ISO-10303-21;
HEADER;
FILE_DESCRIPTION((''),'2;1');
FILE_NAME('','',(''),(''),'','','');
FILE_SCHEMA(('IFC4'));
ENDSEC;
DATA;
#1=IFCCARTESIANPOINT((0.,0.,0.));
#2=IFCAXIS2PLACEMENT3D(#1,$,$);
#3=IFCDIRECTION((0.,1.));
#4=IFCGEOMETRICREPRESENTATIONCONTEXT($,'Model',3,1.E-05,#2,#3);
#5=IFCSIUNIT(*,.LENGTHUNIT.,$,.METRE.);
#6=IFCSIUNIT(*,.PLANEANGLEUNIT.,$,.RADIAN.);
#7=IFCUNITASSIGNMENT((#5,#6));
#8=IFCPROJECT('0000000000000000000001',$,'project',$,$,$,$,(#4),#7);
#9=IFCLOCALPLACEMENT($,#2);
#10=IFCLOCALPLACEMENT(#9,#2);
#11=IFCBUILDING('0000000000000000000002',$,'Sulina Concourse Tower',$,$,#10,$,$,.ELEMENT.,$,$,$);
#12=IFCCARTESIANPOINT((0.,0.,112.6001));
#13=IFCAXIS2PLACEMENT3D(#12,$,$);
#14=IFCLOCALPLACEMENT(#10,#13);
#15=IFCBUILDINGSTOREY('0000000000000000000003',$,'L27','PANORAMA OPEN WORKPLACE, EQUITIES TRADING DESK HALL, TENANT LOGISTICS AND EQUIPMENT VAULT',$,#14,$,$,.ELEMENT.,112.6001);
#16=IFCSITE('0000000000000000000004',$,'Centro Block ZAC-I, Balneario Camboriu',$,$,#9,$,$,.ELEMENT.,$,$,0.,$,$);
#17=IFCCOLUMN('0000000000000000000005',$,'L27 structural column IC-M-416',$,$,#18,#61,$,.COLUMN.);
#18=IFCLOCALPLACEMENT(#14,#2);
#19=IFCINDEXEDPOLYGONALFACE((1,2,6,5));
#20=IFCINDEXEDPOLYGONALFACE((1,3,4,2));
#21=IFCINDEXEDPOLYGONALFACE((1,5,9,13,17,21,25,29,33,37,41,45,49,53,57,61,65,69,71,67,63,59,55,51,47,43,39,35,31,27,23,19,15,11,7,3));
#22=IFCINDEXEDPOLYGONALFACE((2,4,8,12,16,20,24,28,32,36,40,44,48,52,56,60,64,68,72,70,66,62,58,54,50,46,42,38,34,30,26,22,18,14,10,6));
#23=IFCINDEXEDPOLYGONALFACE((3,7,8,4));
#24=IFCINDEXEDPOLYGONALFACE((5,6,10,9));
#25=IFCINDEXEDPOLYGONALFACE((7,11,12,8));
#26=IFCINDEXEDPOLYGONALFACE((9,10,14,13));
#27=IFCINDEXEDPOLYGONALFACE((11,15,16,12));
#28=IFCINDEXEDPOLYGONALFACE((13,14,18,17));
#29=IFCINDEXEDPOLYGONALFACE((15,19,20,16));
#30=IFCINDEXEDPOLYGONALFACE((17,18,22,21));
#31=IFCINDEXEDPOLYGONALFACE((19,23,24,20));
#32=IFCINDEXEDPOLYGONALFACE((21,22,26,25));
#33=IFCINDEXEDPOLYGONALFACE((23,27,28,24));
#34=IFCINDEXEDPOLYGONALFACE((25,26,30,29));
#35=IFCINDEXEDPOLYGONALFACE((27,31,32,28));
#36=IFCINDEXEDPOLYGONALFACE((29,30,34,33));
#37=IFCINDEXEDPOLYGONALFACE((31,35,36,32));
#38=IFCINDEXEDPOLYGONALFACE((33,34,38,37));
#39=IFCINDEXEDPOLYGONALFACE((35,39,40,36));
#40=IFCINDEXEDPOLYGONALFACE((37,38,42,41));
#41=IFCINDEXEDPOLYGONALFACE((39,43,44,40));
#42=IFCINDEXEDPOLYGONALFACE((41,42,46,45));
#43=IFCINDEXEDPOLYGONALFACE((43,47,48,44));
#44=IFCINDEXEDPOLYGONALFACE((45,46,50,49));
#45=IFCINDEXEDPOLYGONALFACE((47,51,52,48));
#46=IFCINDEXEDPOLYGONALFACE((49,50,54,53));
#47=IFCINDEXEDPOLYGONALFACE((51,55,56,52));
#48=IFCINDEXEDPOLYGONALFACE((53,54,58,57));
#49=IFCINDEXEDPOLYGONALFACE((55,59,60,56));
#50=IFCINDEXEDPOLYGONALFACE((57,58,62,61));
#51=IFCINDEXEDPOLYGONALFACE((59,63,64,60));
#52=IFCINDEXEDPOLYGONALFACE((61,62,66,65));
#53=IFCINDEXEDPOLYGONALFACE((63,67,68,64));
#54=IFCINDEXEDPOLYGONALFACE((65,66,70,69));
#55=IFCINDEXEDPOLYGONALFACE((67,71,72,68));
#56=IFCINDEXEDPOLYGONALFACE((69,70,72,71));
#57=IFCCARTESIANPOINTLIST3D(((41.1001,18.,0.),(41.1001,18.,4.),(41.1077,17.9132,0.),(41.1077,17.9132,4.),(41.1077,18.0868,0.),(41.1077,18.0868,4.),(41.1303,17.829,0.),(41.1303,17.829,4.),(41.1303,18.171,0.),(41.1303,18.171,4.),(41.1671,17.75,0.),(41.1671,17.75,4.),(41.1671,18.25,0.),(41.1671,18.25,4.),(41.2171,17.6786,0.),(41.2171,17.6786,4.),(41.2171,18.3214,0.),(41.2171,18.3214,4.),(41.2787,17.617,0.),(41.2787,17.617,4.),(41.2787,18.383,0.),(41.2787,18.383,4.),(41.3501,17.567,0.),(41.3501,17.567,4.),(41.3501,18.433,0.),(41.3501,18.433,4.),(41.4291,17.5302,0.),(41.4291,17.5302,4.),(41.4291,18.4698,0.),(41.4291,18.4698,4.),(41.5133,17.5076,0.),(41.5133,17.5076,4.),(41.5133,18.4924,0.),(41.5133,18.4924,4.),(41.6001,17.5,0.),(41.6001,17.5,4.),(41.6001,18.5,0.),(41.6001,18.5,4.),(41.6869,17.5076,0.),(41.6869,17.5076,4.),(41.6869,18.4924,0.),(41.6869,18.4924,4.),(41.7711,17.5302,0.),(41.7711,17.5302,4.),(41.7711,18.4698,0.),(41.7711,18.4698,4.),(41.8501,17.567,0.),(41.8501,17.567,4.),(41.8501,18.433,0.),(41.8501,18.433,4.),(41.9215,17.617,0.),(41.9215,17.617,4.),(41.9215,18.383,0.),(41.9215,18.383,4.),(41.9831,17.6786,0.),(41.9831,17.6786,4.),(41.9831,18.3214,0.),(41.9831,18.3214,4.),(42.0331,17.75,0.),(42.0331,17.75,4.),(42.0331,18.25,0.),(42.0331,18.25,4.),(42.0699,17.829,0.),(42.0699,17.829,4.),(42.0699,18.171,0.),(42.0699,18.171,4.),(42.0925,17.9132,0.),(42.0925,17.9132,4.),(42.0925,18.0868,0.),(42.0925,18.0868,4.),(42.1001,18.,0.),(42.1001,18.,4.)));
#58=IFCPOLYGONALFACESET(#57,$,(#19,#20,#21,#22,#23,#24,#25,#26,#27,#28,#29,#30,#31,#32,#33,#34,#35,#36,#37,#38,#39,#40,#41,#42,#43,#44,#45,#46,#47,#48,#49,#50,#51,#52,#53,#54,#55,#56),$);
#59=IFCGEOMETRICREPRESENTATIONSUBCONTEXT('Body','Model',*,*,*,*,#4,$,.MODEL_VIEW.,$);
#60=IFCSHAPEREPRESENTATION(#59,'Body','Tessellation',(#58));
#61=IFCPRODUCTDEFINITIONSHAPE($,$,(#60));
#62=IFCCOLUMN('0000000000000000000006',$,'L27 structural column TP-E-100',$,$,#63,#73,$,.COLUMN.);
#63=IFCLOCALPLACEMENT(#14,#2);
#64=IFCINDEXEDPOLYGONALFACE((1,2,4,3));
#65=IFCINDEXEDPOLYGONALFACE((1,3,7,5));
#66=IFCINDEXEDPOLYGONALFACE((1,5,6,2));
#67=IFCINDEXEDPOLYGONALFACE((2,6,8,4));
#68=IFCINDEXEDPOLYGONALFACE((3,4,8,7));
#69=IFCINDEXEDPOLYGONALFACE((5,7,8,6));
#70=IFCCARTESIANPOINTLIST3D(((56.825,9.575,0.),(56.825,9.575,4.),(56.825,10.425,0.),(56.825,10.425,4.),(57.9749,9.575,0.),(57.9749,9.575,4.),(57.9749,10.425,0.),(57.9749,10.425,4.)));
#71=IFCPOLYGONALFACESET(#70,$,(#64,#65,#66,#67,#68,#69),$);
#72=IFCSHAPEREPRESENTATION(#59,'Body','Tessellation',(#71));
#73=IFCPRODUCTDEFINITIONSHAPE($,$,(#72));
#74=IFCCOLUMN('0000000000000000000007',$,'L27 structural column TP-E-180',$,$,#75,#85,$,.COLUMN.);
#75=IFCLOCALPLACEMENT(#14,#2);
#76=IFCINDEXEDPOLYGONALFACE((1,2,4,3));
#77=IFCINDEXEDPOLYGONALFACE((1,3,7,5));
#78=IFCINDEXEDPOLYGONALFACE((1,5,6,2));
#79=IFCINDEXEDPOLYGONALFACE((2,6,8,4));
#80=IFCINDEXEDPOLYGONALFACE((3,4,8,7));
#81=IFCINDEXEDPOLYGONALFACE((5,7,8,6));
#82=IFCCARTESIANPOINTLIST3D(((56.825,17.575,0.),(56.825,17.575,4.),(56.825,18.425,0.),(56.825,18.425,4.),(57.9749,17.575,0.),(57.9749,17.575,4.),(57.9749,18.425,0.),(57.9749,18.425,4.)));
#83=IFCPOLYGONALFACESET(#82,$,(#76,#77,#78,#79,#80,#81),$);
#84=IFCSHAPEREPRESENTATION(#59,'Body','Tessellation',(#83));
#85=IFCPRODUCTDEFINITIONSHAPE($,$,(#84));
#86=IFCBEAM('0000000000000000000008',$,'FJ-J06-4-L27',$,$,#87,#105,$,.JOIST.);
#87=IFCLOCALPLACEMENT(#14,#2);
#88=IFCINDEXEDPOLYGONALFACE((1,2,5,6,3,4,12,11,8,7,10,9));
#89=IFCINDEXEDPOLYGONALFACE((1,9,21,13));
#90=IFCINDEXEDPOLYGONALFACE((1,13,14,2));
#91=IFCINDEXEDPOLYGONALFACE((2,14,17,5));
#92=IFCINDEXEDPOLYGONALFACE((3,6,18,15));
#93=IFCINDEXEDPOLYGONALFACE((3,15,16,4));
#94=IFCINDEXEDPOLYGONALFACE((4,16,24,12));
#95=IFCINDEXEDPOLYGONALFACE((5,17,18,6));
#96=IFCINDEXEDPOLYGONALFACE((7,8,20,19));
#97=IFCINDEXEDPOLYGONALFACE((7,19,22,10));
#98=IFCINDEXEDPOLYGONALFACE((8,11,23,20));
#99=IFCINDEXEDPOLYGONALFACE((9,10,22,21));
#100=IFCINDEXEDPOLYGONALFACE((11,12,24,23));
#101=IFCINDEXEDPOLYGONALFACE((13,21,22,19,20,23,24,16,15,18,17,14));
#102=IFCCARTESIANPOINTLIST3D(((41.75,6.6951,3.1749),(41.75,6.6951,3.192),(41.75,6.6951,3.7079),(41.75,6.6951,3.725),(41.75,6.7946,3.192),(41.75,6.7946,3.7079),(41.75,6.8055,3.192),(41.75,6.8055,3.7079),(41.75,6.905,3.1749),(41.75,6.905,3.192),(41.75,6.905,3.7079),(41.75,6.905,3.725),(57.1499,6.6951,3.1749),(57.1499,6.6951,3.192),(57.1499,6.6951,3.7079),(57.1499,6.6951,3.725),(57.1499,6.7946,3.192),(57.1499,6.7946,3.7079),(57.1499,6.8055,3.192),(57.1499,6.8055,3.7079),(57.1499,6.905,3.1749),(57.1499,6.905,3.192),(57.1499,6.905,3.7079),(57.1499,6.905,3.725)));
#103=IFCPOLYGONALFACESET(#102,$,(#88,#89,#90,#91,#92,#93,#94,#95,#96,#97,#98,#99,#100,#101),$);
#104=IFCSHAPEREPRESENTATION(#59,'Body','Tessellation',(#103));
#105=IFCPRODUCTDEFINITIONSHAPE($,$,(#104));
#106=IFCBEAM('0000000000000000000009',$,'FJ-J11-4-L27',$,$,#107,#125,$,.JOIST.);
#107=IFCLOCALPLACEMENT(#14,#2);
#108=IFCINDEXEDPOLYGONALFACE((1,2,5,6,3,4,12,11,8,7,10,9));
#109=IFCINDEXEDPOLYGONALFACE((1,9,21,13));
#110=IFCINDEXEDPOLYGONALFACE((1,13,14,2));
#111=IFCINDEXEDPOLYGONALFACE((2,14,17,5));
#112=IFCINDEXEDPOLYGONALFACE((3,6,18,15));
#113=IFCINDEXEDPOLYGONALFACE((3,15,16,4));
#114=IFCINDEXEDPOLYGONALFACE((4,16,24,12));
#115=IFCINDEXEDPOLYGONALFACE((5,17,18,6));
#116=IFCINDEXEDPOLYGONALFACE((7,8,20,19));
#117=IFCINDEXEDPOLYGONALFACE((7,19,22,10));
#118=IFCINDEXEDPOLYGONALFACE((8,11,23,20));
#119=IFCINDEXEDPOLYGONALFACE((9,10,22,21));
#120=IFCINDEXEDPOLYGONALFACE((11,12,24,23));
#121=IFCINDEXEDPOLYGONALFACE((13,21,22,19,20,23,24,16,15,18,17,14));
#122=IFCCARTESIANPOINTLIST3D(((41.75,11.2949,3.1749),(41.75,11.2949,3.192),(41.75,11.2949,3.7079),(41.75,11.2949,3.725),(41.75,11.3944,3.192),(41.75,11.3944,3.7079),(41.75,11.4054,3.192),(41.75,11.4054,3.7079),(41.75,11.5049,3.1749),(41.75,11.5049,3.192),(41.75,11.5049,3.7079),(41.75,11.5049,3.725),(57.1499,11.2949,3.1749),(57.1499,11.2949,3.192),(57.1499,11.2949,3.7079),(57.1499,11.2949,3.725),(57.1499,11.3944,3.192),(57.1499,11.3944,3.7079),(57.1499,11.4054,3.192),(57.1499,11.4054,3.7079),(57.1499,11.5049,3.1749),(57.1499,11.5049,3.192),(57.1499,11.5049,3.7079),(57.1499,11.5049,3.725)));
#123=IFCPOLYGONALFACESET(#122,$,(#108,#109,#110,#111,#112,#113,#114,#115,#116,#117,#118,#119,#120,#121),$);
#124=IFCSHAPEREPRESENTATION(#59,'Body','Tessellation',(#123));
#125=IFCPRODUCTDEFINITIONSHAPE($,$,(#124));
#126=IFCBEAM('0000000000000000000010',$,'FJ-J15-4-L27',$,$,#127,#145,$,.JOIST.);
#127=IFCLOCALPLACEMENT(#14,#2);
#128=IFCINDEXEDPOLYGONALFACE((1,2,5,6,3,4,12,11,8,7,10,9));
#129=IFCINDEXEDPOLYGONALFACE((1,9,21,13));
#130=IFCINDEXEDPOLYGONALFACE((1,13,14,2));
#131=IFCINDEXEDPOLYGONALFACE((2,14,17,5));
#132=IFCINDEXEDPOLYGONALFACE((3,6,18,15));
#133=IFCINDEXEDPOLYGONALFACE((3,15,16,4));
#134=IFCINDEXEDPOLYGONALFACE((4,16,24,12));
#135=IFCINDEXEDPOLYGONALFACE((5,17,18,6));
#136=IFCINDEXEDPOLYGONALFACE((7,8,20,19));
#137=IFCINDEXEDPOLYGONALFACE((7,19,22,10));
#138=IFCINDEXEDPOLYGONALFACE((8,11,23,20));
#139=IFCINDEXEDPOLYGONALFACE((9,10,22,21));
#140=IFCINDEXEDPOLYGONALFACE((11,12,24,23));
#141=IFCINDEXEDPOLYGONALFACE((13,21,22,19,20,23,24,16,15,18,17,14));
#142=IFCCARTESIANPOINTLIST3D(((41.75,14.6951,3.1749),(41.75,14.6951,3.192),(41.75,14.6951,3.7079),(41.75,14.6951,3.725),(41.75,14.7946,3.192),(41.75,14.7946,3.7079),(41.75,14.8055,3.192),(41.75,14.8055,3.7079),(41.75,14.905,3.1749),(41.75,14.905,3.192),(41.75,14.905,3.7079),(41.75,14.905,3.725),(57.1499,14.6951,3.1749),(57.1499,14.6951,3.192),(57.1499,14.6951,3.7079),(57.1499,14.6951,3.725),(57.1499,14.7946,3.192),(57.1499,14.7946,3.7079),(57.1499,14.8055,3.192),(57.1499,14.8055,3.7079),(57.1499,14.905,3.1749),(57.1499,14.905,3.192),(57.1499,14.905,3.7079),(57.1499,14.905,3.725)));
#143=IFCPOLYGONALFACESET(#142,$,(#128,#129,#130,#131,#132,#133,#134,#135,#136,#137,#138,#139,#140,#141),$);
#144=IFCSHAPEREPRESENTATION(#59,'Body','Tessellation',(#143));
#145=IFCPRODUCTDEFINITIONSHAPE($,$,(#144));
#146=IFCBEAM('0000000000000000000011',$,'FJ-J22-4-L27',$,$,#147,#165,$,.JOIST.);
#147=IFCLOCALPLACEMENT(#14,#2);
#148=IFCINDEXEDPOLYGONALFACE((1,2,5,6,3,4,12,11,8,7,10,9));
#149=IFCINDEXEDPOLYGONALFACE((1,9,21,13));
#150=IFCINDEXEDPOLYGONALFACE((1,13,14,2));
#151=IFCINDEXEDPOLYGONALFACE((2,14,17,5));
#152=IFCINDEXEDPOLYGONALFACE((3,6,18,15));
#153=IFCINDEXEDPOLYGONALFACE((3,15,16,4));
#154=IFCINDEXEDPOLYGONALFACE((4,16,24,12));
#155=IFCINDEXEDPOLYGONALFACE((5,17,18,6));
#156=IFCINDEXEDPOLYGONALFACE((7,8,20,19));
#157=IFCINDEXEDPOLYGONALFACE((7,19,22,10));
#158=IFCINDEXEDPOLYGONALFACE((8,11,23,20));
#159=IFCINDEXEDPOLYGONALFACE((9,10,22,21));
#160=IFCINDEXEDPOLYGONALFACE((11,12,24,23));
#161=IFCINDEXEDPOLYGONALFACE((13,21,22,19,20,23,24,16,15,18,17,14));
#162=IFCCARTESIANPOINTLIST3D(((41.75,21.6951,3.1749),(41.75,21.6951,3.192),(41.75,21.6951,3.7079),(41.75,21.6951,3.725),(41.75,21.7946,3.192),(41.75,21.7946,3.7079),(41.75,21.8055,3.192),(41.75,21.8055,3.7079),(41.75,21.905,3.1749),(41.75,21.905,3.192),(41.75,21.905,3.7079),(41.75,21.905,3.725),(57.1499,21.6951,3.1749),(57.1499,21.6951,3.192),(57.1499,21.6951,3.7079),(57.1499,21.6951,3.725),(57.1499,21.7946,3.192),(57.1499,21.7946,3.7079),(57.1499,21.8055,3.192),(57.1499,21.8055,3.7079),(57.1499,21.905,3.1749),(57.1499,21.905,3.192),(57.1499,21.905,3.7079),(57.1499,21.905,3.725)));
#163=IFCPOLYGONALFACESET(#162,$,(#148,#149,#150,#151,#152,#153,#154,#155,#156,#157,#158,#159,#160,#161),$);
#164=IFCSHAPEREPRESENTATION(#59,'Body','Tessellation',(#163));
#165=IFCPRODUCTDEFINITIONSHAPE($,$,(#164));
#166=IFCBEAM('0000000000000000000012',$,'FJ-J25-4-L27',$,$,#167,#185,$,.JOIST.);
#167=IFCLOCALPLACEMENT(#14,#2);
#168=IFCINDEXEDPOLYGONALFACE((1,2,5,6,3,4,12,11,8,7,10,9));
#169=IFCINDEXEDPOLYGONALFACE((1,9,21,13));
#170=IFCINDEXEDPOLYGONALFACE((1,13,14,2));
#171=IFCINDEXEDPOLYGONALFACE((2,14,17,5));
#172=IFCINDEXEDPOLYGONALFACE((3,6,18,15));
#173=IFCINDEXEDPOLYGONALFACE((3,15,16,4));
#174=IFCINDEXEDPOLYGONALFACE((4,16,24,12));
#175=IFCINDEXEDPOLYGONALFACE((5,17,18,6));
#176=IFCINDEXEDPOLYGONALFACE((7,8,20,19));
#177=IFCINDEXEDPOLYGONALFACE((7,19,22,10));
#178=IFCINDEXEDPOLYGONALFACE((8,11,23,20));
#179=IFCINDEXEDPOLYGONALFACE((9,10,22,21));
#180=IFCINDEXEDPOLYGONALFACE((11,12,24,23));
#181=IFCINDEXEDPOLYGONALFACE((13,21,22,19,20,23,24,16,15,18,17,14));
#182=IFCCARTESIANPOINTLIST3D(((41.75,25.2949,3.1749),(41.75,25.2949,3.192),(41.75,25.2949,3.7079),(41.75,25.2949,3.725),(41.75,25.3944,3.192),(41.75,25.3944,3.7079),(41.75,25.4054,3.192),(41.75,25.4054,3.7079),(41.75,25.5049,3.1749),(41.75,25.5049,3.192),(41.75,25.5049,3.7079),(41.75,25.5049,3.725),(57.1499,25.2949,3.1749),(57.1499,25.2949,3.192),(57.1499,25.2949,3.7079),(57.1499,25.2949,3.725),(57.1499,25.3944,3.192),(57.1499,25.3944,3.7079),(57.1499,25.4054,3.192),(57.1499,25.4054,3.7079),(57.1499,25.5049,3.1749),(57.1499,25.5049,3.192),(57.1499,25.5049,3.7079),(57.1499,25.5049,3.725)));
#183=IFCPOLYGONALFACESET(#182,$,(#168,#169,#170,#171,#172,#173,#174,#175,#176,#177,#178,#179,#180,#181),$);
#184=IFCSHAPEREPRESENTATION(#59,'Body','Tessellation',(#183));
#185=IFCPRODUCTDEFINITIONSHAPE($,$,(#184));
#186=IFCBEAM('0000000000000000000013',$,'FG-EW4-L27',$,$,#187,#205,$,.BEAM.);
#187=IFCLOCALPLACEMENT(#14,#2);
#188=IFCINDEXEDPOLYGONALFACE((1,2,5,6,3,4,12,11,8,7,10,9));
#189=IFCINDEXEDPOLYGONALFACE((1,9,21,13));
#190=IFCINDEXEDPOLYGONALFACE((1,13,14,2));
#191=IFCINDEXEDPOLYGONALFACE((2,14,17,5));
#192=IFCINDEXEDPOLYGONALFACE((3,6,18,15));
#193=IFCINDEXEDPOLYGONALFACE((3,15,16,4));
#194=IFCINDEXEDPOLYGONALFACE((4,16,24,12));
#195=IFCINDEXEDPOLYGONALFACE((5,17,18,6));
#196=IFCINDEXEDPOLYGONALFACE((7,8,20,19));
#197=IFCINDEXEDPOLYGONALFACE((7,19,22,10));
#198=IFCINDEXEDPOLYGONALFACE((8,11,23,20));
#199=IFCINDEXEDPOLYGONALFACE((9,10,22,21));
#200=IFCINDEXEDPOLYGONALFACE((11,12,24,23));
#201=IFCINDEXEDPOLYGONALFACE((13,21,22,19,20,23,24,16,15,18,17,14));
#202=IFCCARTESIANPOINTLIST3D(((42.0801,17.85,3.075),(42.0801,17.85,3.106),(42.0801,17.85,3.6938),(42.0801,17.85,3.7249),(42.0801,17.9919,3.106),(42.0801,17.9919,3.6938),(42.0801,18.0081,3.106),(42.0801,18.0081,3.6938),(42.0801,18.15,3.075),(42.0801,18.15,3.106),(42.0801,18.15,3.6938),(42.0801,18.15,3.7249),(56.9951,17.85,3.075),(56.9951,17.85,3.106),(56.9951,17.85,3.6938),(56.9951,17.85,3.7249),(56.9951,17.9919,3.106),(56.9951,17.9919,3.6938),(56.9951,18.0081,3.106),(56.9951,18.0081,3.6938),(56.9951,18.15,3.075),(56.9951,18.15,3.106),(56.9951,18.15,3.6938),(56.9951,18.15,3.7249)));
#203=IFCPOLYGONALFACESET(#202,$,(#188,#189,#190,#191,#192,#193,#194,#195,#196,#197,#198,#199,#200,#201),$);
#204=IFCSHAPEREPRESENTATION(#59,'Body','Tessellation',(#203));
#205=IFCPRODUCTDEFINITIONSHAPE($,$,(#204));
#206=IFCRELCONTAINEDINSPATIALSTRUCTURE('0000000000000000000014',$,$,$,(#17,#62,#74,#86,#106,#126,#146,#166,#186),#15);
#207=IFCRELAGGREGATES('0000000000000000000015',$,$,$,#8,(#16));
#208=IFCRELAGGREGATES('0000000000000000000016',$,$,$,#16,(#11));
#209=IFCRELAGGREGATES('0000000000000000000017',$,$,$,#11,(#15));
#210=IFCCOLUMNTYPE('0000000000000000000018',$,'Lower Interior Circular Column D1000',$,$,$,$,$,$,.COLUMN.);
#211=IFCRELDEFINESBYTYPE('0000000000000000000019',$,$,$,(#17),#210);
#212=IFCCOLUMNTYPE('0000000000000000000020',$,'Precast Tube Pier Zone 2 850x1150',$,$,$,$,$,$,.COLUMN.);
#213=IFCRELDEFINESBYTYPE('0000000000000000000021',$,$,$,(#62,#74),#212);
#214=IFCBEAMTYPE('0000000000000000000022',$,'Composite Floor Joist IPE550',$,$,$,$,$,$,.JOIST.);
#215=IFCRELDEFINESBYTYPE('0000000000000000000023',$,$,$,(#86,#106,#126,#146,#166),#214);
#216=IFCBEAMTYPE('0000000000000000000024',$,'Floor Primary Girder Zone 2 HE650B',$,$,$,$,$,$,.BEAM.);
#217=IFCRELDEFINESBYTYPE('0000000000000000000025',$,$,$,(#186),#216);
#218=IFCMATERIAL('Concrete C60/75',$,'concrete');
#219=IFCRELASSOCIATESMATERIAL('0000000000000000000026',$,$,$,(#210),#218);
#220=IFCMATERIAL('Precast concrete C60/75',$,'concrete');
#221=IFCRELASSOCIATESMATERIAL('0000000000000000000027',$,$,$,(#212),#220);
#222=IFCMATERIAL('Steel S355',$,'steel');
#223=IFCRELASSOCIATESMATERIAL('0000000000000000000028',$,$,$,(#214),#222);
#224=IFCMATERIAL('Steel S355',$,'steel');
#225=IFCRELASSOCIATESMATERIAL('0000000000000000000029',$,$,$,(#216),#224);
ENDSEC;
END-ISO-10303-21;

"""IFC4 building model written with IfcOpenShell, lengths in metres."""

from ifc_helpers import new_model, si_unit, direction, frame, origin, origin_2d, place, context, subcontext, project, spatial, rectangle, circle, i_section, extrude, material, material_profile, profile_set, type_object, element, save


model = new_model("IFC4")

# Units and contexts
model_context = context("Model", 3, precision=1e-05, world=origin(), true_north=direction((0.0, 1.0)))
body_context = subcontext(model_context, "Body", "Model", "MODEL_VIEW")
ifc_project = project(units=[si_unit("LENGTHUNIT", "METRE"), si_unit("PLANEANGLEUNIT", "RADIAN")], contexts=[model_context])

# Site, building, storey
site_placement = place(None, origin())
site = spatial("IfcSite", under=ifc_project, at=site_placement, Name="Centro Block ZAC-I, Balneario Camboriu", CompositionType="ELEMENT", RefElevation=0.0)
building_placement = place(site_placement, origin())
building = spatial("IfcBuilding", under=site, at=building_placement, Name="Sulina Concourse Tower", CompositionType="ELEMENT")
storey_placement = place(building_placement, frame((0.0, 0.0, 112.6001)))
storey = spatial("IfcBuildingStorey", under=building, at=storey_placement, Name="L27", Description="PANORAMA OPEN WORKPLACE, EQUITIES TRADING DESK HALL, TENANT LOGISTICS AND EQUIPMENT VAULT", CompositionType="ELEMENT", Elevation=112.6001)

# Columns
ifc_material_1 = material(Name="Concrete C60/75", Category="concrete")
ifc_material_profile_1 = material_profile(ifc_material_1, circle(Radius=0.5, at=origin_2d()), Name="RC D1000")
ifc_profile_set_1 = profile_set([ifc_material_profile_1], Name="Concrete C60/75")
column_type_1 = type_object("IfcColumnType", Name="Lower Interior Circular Column D1000", PredefinedType="COLUMN", material=ifc_profile_set_1)
column_placement = place(storey_placement, frame((41.6001, 18.0, 0.0), z_axis=(0.0, 0.0, 1.0), x_axis=(1.0, 0.0, 0.0)))
element("IfcColumn", 1, at=column_placement, inside=storey, type_object=column_type_1, Name="L27 structural column IC-M-416", PredefinedType="COLUMN", context=body_context, shape_type="SweptSolid", body=[
    extrude(circle(Radius=0.5, at=origin_2d()), origin(), (0.0, 0.0, 1.0), 4.0),
])
ifc_material_2 = material(Name="Precast concrete C60/75", Category="concrete")
ifc_material_profile_2 = material_profile(ifc_material_2, rectangle(XDim=0.8501, YDim=1.1499, at=origin_2d()), Name="PC 850x1150")
ifc_profile_set_2 = profile_set([ifc_material_profile_2], Name="Precast concrete C60/75")
column_type_2 = type_object("IfcColumnType", Name="Precast Tube Pier Zone 2 850x1150", PredefinedType="COLUMN", material=ifc_profile_set_2)
for number, where, z_axis, x_axis, name in (
    (2, (57.3999, 10.0, 0.0), (0.0, 0.0, 1.0), (0.0, 1.0, 0.0), "L27 structural column TP-E-100"),
    (3, (57.3999, 18.0, 0.0), (0.0, 0.0, 1.0), (0.0, 1.0, 0.0), "L27 structural column TP-E-180"),
):
    element("IfcColumn", number, at=place(storey_placement, frame(where, z_axis=z_axis, x_axis=x_axis)), inside=storey, type_object=column_type_2, Name=name, PredefinedType="COLUMN", context=body_context, shape_type="SweptSolid", body=[
        extrude(rectangle(XDim=0.8501, YDim=1.1499, at=origin_2d()), origin(), (0.0, 0.0, 1.0), 4.0),
    ])

# Beams
ifc_material_3 = material(Name="Steel S355", Category="steel")
ifc_material_profile_3 = material_profile(ifc_material_3, i_section(OverallWidth=0.21, OverallDepth=0.55, WebThickness=0.011, FlangeThickness=0.0171, at=origin_2d()), Name="IPE 550")
ifc_profile_set_3 = profile_set([ifc_material_profile_3], Name="Steel S355")
beam_type_1 = type_object("IfcBeamType", Name="Composite Floor Joist IPE550", PredefinedType="JOIST", material=ifc_profile_set_3)
for number, where, z_axis, x_axis, name in (
    (4, (41.75, 6.8, 3.45), (1.0, 0.0, 0.0), (0.0, 1.0, 0.0), "FJ-J06-4-L27"),
    (5, (41.75, 11.3999, 3.45), (1.0, 0.0, 0.0), (0.0, 1.0, 0.0), "FJ-J11-4-L27"),
    (6, (41.75, 14.8, 3.45), (1.0, 0.0, 0.0), (0.0, 1.0, 0.0), "FJ-J15-4-L27"),
    (7, (41.75, 21.8, 3.45), (1.0, 0.0, 0.0), (0.0, 1.0, 0.0), "FJ-J22-4-L27"),
    (8, (41.75, 25.3999, 3.45), (1.0, 0.0, 0.0), (0.0, 1.0, 0.0), "FJ-J25-4-L27"),
):
    element("IfcBeam", number, at=place(storey_placement, frame(where, z_axis=z_axis, x_axis=x_axis)), inside=storey, type_object=beam_type_1, Name=name, PredefinedType="JOIST", context=body_context, shape_type="SweptSolid", body=[
        extrude(i_section(OverallWidth=0.21, OverallDepth=0.55, WebThickness=0.011, FlangeThickness=0.0171, at=origin_2d()), origin(), (0.0, 0.0, 1.0), 15.3999),
    ])
ifc_material_4 = material(Name="Steel S355", Category="steel")
ifc_material_profile_4 = material_profile(ifc_material_4, i_section(OverallWidth=0.3, OverallDepth=0.6499, WebThickness=0.0161, FlangeThickness=0.031, at=origin_2d()), Name="HE 650 B")
ifc_profile_set_4 = profile_set([ifc_material_profile_4], Name="Steel S355")
beam_type_2 = type_object("IfcBeamType", Name="Floor Primary Girder Zone 2 HE650B", PredefinedType="BEAM", material=ifc_profile_set_4)
beam_1_placement = place(storey_placement, frame((42.0801, 18.0, 3.3999), z_axis=(1.0, 0.0, 0.0), x_axis=(0.0, 1.0, 0.0)))
element("IfcBeam", 9, at=beam_1_placement, inside=storey, type_object=beam_type_2, Name="FG-EW4-L27", PredefinedType="BEAM", context=body_context, shape_type="SweptSolid", body=[
    extrude(i_section(OverallWidth=0.3, OverallDepth=0.6499, WebThickness=0.0161, FlangeThickness=0.031, at=origin_2d()), origin(), (0.0, 0.0, 1.0), 14.915),
])

save(model, "model.ifc")
